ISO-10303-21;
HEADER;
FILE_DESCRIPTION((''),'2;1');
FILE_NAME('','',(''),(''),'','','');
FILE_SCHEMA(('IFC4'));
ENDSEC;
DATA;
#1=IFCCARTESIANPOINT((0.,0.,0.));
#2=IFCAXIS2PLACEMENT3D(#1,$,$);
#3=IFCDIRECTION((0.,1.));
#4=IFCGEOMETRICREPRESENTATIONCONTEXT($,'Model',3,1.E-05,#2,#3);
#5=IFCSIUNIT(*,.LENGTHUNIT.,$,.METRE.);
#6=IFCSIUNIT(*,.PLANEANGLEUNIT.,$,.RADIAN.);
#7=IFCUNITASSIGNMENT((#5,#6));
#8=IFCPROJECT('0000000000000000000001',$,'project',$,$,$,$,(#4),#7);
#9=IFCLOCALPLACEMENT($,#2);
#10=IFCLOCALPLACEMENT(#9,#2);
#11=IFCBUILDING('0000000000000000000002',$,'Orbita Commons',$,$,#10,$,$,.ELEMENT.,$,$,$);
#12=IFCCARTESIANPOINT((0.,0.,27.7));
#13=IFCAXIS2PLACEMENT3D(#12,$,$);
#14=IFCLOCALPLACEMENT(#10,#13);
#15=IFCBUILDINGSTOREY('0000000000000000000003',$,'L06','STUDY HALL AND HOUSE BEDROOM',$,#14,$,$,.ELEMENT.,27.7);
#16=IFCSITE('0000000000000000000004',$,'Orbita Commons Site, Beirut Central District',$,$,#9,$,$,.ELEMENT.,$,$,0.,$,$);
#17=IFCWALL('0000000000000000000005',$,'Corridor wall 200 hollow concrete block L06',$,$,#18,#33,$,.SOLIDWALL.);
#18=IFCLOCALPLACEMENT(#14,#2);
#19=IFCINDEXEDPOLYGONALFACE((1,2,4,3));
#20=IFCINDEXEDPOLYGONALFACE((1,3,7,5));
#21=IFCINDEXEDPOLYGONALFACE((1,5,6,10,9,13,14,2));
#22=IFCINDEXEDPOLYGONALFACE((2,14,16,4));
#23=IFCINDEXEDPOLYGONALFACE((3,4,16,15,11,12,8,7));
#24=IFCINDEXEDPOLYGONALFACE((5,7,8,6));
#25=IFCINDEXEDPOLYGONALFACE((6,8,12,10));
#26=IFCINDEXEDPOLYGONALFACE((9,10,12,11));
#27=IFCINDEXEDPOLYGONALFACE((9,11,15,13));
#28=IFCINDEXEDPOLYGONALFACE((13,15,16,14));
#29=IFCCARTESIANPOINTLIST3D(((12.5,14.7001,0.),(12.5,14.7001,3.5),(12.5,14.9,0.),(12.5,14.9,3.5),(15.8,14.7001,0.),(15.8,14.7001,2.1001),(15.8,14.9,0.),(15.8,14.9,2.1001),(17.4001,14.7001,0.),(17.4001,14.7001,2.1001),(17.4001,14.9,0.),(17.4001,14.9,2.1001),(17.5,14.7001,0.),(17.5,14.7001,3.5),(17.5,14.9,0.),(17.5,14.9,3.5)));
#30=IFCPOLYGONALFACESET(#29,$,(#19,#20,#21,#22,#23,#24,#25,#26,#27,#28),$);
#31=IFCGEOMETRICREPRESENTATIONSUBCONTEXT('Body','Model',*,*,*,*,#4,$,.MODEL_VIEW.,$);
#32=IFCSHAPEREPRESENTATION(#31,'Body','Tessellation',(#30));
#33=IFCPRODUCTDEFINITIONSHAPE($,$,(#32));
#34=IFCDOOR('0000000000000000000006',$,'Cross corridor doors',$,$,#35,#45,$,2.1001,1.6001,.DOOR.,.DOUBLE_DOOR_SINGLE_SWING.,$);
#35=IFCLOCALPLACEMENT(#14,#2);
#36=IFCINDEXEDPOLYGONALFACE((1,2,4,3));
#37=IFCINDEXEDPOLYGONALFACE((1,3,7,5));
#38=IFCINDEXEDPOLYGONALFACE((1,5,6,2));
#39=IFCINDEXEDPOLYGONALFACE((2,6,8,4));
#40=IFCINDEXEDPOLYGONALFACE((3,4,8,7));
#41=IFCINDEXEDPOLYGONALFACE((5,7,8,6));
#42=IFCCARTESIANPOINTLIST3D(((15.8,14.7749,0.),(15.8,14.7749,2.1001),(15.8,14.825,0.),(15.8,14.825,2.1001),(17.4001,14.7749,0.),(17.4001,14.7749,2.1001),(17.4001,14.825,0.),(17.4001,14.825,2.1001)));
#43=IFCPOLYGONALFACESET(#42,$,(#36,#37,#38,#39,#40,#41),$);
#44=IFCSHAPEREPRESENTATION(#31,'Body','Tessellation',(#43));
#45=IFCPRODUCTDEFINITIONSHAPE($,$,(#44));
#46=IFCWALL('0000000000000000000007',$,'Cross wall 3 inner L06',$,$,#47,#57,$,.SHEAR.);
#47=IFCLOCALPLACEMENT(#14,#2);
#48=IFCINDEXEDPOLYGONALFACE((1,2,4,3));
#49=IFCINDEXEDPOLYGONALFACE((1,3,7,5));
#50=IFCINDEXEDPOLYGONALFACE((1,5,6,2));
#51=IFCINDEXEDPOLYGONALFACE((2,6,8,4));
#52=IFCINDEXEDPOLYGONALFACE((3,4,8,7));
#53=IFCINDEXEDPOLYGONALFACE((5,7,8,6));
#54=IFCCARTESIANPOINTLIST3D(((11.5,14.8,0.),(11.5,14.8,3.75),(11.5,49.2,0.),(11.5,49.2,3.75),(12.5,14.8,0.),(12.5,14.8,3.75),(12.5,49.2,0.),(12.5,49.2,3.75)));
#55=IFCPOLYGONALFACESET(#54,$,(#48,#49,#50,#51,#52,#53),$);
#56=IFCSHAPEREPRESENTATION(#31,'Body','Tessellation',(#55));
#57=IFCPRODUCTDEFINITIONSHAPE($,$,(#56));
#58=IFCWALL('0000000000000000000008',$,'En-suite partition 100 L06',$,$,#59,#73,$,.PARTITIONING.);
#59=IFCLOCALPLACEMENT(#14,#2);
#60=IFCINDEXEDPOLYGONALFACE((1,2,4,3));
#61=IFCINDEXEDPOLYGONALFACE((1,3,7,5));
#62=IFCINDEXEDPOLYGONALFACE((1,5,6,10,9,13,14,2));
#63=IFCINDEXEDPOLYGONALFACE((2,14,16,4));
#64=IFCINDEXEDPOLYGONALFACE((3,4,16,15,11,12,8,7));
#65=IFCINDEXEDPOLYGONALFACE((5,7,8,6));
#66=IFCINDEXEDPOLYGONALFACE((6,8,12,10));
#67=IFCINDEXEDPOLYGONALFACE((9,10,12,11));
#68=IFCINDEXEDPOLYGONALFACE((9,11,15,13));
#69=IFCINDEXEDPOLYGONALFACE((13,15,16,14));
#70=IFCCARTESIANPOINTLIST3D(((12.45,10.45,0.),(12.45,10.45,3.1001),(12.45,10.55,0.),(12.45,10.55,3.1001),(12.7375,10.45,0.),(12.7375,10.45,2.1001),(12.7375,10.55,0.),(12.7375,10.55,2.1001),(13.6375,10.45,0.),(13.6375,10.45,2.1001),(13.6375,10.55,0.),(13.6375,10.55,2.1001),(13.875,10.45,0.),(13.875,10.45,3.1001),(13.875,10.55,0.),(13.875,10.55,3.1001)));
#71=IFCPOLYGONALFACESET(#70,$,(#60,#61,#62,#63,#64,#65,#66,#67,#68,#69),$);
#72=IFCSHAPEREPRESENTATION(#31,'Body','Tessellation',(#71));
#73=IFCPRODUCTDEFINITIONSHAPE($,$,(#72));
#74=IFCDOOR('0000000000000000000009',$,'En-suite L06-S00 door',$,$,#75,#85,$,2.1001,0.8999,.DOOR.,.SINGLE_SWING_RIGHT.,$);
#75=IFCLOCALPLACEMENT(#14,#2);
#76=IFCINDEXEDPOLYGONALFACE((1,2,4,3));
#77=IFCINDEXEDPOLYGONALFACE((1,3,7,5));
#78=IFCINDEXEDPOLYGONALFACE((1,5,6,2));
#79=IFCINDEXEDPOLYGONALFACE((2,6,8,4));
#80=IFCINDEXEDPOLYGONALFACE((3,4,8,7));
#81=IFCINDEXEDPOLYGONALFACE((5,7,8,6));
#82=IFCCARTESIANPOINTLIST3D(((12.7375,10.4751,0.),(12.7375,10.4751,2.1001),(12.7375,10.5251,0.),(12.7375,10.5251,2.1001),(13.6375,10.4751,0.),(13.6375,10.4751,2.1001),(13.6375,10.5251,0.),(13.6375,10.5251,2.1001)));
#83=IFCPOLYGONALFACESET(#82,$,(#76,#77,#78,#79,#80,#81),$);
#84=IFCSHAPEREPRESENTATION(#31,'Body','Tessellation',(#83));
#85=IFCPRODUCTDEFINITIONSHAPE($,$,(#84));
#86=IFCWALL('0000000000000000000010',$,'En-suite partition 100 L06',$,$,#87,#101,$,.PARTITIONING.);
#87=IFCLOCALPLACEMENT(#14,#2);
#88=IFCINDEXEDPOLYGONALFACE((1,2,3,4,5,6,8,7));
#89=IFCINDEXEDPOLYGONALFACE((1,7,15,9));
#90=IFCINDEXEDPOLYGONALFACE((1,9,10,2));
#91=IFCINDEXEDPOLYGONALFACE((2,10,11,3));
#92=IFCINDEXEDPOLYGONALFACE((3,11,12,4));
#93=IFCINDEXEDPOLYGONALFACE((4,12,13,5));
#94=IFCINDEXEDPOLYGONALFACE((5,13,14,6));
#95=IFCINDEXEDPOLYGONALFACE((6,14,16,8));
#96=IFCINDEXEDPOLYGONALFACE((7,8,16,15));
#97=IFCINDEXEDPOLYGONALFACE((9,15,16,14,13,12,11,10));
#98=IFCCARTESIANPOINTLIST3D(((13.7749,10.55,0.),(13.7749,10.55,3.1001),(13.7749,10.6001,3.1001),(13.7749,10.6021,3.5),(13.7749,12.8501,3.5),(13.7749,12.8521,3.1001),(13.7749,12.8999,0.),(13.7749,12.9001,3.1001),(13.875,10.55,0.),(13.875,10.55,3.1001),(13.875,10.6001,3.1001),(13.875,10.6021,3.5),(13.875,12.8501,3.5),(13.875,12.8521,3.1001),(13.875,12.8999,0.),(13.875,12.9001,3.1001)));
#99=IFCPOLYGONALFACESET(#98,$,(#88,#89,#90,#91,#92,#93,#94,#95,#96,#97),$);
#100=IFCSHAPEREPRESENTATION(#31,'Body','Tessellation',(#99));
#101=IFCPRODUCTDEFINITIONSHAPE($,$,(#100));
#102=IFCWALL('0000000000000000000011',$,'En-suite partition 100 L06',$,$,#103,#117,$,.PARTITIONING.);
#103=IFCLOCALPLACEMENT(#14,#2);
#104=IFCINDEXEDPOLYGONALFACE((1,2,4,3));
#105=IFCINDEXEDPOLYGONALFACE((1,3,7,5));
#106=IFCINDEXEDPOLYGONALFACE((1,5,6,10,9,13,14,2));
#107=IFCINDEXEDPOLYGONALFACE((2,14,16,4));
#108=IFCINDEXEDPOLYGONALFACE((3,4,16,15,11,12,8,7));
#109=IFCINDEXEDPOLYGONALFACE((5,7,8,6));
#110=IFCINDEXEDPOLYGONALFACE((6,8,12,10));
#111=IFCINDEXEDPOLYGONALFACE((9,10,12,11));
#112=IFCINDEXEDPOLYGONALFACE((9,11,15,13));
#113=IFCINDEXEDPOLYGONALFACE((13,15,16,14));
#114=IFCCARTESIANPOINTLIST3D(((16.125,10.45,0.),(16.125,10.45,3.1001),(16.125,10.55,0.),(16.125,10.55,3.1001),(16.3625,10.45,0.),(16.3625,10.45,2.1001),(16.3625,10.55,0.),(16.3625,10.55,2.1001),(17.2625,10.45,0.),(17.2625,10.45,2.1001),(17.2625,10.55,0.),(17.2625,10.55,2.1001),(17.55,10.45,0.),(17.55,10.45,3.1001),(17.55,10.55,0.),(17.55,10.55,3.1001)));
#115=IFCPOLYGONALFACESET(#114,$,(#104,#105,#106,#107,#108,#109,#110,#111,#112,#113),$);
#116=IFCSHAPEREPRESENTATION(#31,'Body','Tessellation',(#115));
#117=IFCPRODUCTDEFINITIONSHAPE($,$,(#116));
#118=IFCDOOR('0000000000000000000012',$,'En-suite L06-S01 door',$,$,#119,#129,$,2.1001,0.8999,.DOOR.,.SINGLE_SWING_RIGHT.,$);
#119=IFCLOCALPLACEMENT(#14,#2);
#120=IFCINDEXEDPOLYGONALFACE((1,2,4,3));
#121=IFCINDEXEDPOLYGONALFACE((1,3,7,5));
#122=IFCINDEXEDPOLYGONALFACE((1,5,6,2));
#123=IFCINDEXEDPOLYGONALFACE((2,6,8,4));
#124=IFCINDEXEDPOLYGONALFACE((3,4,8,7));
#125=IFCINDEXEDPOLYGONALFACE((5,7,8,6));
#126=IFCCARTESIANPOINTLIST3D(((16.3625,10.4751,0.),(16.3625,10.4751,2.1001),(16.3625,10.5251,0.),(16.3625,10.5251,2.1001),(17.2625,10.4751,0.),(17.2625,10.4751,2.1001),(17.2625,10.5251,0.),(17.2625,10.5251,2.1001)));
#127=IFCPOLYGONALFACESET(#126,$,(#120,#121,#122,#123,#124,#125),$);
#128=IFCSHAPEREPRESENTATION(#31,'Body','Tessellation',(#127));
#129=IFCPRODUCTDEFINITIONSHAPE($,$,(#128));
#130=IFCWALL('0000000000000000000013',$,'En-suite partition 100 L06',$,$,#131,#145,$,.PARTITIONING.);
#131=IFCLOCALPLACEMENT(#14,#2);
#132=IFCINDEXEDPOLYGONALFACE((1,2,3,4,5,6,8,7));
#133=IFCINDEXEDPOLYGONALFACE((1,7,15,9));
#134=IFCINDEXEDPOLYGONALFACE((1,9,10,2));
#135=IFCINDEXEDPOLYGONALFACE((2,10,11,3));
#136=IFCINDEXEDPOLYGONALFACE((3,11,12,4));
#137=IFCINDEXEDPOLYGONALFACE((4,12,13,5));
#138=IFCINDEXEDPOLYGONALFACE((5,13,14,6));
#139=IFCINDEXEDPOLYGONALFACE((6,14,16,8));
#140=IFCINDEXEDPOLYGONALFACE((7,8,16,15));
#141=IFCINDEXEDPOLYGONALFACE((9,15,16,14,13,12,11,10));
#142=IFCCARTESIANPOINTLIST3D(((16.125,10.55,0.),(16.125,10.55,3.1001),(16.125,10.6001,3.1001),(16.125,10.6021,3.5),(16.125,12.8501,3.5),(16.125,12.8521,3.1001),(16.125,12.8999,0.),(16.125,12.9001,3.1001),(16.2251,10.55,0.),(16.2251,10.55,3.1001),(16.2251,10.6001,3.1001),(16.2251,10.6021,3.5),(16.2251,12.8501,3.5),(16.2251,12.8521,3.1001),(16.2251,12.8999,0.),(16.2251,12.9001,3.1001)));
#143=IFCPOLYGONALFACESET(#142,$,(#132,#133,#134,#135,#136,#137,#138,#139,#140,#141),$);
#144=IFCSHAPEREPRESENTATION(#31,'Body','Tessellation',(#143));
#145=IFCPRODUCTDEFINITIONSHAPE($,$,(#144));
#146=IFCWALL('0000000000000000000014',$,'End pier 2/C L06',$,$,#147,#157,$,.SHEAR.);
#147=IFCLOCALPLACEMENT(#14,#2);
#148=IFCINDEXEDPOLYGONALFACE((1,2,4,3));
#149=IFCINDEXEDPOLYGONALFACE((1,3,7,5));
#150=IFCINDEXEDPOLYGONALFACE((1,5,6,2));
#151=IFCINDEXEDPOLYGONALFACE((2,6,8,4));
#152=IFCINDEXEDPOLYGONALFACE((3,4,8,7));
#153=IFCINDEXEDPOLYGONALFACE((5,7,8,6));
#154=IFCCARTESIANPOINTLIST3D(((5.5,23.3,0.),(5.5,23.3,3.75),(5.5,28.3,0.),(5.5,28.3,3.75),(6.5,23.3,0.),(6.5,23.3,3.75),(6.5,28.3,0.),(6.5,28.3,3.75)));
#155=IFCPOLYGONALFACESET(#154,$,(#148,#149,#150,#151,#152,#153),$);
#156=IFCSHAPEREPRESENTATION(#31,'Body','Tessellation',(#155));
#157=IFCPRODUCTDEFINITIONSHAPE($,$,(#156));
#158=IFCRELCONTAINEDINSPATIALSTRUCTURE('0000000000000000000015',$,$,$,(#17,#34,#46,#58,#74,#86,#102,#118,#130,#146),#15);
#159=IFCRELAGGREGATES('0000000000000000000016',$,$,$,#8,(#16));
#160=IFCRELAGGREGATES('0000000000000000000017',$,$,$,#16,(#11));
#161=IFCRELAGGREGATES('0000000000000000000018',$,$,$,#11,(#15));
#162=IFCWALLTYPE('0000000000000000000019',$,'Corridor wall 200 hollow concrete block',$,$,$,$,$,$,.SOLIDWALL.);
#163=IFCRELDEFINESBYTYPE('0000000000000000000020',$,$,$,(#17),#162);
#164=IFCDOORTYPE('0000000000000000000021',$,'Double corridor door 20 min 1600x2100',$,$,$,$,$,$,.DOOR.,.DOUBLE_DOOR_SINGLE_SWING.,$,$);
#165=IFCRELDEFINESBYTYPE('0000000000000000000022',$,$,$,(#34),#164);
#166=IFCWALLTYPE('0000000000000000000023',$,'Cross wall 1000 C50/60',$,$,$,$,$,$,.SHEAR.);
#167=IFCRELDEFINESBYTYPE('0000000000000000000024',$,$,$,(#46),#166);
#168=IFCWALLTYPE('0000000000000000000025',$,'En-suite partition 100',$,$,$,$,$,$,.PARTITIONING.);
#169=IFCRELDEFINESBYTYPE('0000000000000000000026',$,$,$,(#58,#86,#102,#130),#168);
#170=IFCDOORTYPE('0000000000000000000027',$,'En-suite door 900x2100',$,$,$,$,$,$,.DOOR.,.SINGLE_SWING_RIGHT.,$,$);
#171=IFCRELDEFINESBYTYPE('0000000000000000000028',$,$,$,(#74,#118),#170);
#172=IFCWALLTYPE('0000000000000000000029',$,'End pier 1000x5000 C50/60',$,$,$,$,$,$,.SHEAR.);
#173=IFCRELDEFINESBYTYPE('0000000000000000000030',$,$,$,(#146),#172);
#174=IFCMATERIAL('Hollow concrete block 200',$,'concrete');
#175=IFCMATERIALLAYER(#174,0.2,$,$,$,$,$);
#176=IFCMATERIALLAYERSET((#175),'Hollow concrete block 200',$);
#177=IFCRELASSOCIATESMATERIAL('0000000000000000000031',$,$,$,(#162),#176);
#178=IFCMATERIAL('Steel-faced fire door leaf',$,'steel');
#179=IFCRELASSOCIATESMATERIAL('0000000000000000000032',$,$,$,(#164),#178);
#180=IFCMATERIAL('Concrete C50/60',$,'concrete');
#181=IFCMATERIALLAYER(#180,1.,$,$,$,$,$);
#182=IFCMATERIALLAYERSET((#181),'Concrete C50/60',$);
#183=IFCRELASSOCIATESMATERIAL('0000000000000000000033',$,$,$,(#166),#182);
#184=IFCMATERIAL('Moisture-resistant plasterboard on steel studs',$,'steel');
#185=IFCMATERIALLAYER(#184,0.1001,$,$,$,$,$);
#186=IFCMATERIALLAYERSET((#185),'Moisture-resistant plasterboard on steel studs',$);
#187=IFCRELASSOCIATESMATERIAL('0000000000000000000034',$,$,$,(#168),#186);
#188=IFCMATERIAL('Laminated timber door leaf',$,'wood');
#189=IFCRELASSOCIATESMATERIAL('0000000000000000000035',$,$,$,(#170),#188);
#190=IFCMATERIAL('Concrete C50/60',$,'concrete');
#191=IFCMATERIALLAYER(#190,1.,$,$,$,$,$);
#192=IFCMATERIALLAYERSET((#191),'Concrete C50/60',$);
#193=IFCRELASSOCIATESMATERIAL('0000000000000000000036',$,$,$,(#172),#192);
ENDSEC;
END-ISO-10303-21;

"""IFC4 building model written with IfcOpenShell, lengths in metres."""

from ifc_helpers import new_model, si_unit, direction, frame, frame_2d, origin, place, context, subcontext, project, spatial, polyline, rectangle, outline, extrude, material, layer, layer_set, type_object, element, fill, save


model = new_model("IFC4")

# Units and contexts
model_context = context("Model", 3, precision=1e-05, world=origin(), true_north=direction((0.0, 1.0)))
body_context = subcontext(model_context, "Body", "Model", "MODEL_VIEW")
ifc_project = project(units=[si_unit("LENGTHUNIT", "METRE"), si_unit("PLANEANGLEUNIT", "RADIAN")], contexts=[model_context])

# Site, building, storey
site_placement = place(None, origin())
site = spatial("IfcSite", under=ifc_project, at=site_placement, Name="Orbita Commons Site, Beirut Central District", CompositionType="ELEMENT", RefElevation=0.0)
building_placement = place(site_placement, origin())
building = spatial("IfcBuilding", under=site, at=building_placement, Name="Orbita Commons", CompositionType="ELEMENT")
storey_placement = place(building_placement, frame((0.0, 0.0, 27.7)))
storey = spatial("IfcBuildingStorey", under=building, at=storey_placement, Name="L06", Description="STUDY HALL AND HOUSE BEDROOM", CompositionType="ELEMENT", Elevation=27.7)

# Wall, opening, door
ifc_material_1 = material(Name="Hollow concrete block 200", Category="concrete")
ifc_layer_1 = layer(ifc_material_1, 0.2)
ifc_layer_set_1 = layer_set([ifc_layer_1], Name="Hollow concrete block 200")
wall_type_1 = type_object("IfcWallType", Name="Corridor wall 200 hollow concrete block", PredefinedType="SOLIDWALL", material=ifc_layer_set_1)
wall_1_placement = place(storey_placement, frame((12.5, 14.8, 0.0), z_axis=(0.0, 0.0, 1.0), x_axis=(1.0, 0.0, 0.0)))
wall_1 = element("IfcWall", 1, at=wall_1_placement, inside=storey, type_object=wall_type_1, Name="Corridor wall 200 hollow concrete block L06", PredefinedType="SOLIDWALL", context=body_context, shape_type="SweptSolid", body=[
    extrude(rectangle(XDim=5.0, YDim=0.2, at=frame_2d((2.5, 0.0))), origin(), (0.0, 0.0, 1.0), 3.5),
])
opening_1_placement = place(wall_1_placement, frame((3.3, 0.0, 0.0)))
opening_1 = element("IfcOpeningElement", 2, at=opening_1_placement, cuts=wall_1, PredefinedType="OPENING", context=body_context, shape_type="SweptSolid", body=[
    extrude(rectangle(XDim=1.6001, YDim=2.1001, at=frame_2d((0.8, 1.05))), frame((0.0, 0.1099, 0.0), z_axis=(0.0, -1.0, 0.0), x_axis=(1.0, 0.0, 0.0)), (0.0, 0.0, 1.0), 0.22),
])
ifc_material_2 = material(Name="Steel-faced fire door leaf", Category="steel")
door_type_1 = type_object("IfcDoorType", Name="Double corridor door 20 min 1600x2100", OperationType="DOUBLE_DOOR_SINGLE_SWING", PredefinedType="DOOR", material=ifc_material_2)
door_1_placement = place(opening_1_placement, origin())
door_1 = element("IfcDoor", 3, at=door_1_placement, inside=storey, type_object=door_type_1, Name="Cross corridor doors", OperationType="DOUBLE_DOOR_SINGLE_SWING", OverallHeight=2.1001, OverallWidth=1.6001, PredefinedType="DOOR", context=body_context, shape_type="SweptSolid", body=[
    extrude(rectangle(XDim=1.6001, YDim=2.1001, at=frame_2d((0.8, 1.05))), frame((0.0, 0.0249, 0.0), z_axis=(0.0, -1.0, 0.0), x_axis=(1.0, 0.0, 0.0)), (0.0, 0.0, 1.0), 0.05),
])
fill(opening_1, door_1)

# Wall
ifc_material_3 = material(Name="Concrete C50/60", Category="concrete")
ifc_layer_2 = layer(ifc_material_3, 1.0)
ifc_layer_set_2 = layer_set([ifc_layer_2], Name="Concrete C50/60")
wall_type_2 = type_object("IfcWallType", Name="Cross wall 1000 C50/60", PredefinedType="SHEAR", material=ifc_layer_set_2)
wall_2_placement = place(storey_placement, frame((12.0, 14.8, 0.0), z_axis=(0.0, 0.0, 1.0), x_axis=(0.0, 1.0, 0.0)))
element("IfcWall", 4, at=wall_2_placement, inside=storey, type_object=wall_type_2, Name="Cross wall 3 inner L06", PredefinedType="SHEAR", context=body_context, shape_type="SweptSolid", body=[
    extrude(rectangle(XDim=34.3999, YDim=1.0, at=frame_2d((17.2, 0.0))), origin(), (0.0, 0.0, 1.0), 3.75),
])

# Wall, opening, door
ifc_material_4 = material(Name="Moisture-resistant plasterboard on steel studs", Category="steel")
ifc_layer_3 = layer(ifc_material_4, 0.1001)
ifc_layer_set_3 = layer_set([ifc_layer_3], Name="Moisture-resistant plasterboard on steel studs")
wall_type_3 = type_object("IfcWallType", Name="En-suite partition 100", PredefinedType="PARTITIONING", material=ifc_layer_set_3)
wall_3_placement = place(storey_placement, frame((13.875, 10.5, 0.0), z_axis=(0.0, 0.0, 1.0), x_axis=(-1.0, 0.0, 0.0)))
wall_3 = element("IfcWall", 5, at=wall_3_placement, inside=storey, type_object=wall_type_3, Name="En-suite partition 100 L06", PredefinedType="PARTITIONING", context=body_context, shape_type="SweptSolid", body=[
    extrude(outline(polyline([(0.0, 0.0), (1.425, 0.0), (1.425, 3.1001), (0.0, 3.1001), (0.0, 0.0)])), frame((0.0, 0.05, 0.0), z_axis=(0.0, -1.0, 0.0), x_axis=(1.0, 0.0, 0.0)), (0.0, 0.0, 1.0), 0.1001),
])
opening_2_placement = place(wall_3_placement, frame((0.2375, 0.0, 0.0)))
opening_2 = element("IfcOpeningElement", 6, at=opening_2_placement, cuts=wall_3, PredefinedType="OPENING", context=body_context, shape_type="SweptSolid", body=[
    extrude(rectangle(XDim=0.8999, YDim=2.1001, at=frame_2d((0.45, 1.05))), frame((0.0, 0.0601, 0.0), z_axis=(0.0, -1.0, 0.0), x_axis=(1.0, 0.0, 0.0)), (0.0, 0.0, 1.0), 0.1201),
])
ifc_material_5 = material(Name="Laminated timber door leaf", Category="wood")
door_type_2 = type_object("IfcDoorType", Name="En-suite door 900x2100", OperationType="SINGLE_SWING_RIGHT", PredefinedType="DOOR", material=ifc_material_5)
door_2_placement = place(opening_2_placement, origin())
door_2 = element("IfcDoor", 7, at=door_2_placement, inside=storey, type_object=door_type_2, Name="En-suite L06-S00 door", OperationType="SINGLE_SWING_RIGHT", OverallHeight=2.1001, OverallWidth=0.8999, PredefinedType="DOOR", context=body_context, shape_type="SweptSolid", body=[
    extrude(rectangle(XDim=0.8999, YDim=2.1001, at=frame_2d((0.45, 1.05))), frame((0.0, 0.0249, 0.0), z_axis=(0.0, -1.0, 0.0), x_axis=(1.0, 0.0, 0.0)), (0.0, 0.0, 1.0), 0.05),
])
fill(opening_2, door_2)

# Wall
wall_4_placement = place(storey_placement, frame((13.825, 10.55, 0.0), z_axis=(0.0, 0.0, 1.0), x_axis=(0.0, 1.0, 0.0)))
element("IfcWall", 8, at=wall_4_placement, inside=storey, type_object=wall_type_3, Name="En-suite partition 100 L06", PredefinedType="PARTITIONING", context=body_context, shape_type="SweptSolid", body=[
    extrude(outline(polyline([(0.0, 0.0), (2.3499, 0.0), (2.3501, 3.1001), (2.302, 3.1001), (2.3, 3.5), (0.052, 3.5), (0.05, 3.1001), (0.0, 3.1001), (0.0, 0.0)])), frame((0.0, 0.05, 0.0), z_axis=(0.0, -1.0, 0.0), x_axis=(1.0, 0.0, 0.0)), (0.0, 0.0, 1.0), 0.1001),
])

# Wall, opening, door
wall_5_placement = place(storey_placement, frame((17.55, 10.5, 0.0), z_axis=(0.0, 0.0, 1.0), x_axis=(-1.0, 0.0, 0.0)))
wall_5 = element("IfcWall", 9, at=wall_5_placement, inside=storey, type_object=wall_type_3, Name="En-suite partition 100 L06", PredefinedType="PARTITIONING", context=body_context, shape_type="SweptSolid", body=[
    extrude(outline(polyline([(0.0, 0.0), (1.425, 0.0), (1.425, 3.1001), (0.0, 3.1001), (0.0, 0.0)])), frame((0.0, 0.05, 0.0), z_axis=(0.0, -1.0, 0.0), x_axis=(1.0, 0.0, 0.0)), (0.0, 0.0, 1.0), 0.1001),
])
opening_3_placement = place(wall_5_placement, frame((0.2876, 0.0, 0.0)))
opening_3 = element("IfcOpeningElement", 10, at=opening_3_placement, cuts=wall_5, PredefinedType="OPENING", context=body_context, shape_type="SweptSolid", body=[
    extrude(rectangle(XDim=0.8999, YDim=2.1001, at=frame_2d((0.45, 1.05))), frame((0.0, 0.0601, 0.0), z_axis=(0.0, -1.0, 0.0), x_axis=(1.0, 0.0, 0.0)), (0.0, 0.0, 1.0), 0.1201),
])
door_3_placement = place(opening_3_placement, origin())
door_3 = element("IfcDoor", 11, at=door_3_placement, inside=storey, type_object=door_type_2, Name="En-suite L06-S01 door", OperationType="SINGLE_SWING_RIGHT", OverallHeight=2.1001, OverallWidth=0.8999, PredefinedType="DOOR", context=body_context, shape_type="SweptSolid", body=[
    extrude(rectangle(XDim=0.8999, YDim=2.1001, at=frame_2d((0.45, 1.05))), frame((0.0, 0.0249, 0.0), z_axis=(0.0, -1.0, 0.0), x_axis=(1.0, 0.0, 0.0)), (0.0, 0.0, 1.0), 0.05),
])
fill(opening_3, door_3)

# Walls
wall_6_placement = place(storey_placement, frame((16.175, 10.55, 0.0), z_axis=(0.0, 0.0, 1.0), x_axis=(0.0, 1.0, 0.0)))
element("IfcWall", 12, at=wall_6_placement, inside=storey, type_object=wall_type_3, Name="En-suite partition 100 L06", PredefinedType="PARTITIONING", context=body_context, shape_type="SweptSolid", body=[
    extrude(outline(polyline([(0.0, 0.0), (2.3499, 0.0), (2.3501, 3.1001), (2.302, 3.1001), (2.3, 3.5), (0.052, 3.5), (0.05, 3.1001), (0.0, 3.1001), (0.0, 0.0)])), frame((0.0, 0.05, 0.0), z_axis=(0.0, -1.0, 0.0), x_axis=(1.0, 0.0, 0.0)), (0.0, 0.0, 1.0), 0.1001),
])
ifc_material_6 = material(Name="Concrete C50/60", Category="concrete")
ifc_layer_4 = layer(ifc_material_6, 1.0)
ifc_layer_set_4 = layer_set([ifc_layer_4], Name="Concrete C50/60")
wall_type_4 = type_object("IfcWallType", Name="End pier 1000x5000 C50/60", PredefinedType="SHEAR", material=ifc_layer_set_4)
wall_7_placement = place(storey_placement, frame((6.0, 23.3, 0.0), z_axis=(0.0, 0.0, 1.0), x_axis=(0.0, 1.0, 0.0)))
element("IfcWall", 13, at=wall_7_placement, inside=storey, type_object=wall_type_4, Name="End pier 2/C L06", PredefinedType="SHEAR", context=body_context, shape_type="SweptSolid", body=[
    extrude(rectangle(XDim=5.0, YDim=1.0, at=frame_2d((2.5, 0.0))), origin(), (0.0, 0.0, 1.0), 3.75),
])

save(model, "model.ifc")
